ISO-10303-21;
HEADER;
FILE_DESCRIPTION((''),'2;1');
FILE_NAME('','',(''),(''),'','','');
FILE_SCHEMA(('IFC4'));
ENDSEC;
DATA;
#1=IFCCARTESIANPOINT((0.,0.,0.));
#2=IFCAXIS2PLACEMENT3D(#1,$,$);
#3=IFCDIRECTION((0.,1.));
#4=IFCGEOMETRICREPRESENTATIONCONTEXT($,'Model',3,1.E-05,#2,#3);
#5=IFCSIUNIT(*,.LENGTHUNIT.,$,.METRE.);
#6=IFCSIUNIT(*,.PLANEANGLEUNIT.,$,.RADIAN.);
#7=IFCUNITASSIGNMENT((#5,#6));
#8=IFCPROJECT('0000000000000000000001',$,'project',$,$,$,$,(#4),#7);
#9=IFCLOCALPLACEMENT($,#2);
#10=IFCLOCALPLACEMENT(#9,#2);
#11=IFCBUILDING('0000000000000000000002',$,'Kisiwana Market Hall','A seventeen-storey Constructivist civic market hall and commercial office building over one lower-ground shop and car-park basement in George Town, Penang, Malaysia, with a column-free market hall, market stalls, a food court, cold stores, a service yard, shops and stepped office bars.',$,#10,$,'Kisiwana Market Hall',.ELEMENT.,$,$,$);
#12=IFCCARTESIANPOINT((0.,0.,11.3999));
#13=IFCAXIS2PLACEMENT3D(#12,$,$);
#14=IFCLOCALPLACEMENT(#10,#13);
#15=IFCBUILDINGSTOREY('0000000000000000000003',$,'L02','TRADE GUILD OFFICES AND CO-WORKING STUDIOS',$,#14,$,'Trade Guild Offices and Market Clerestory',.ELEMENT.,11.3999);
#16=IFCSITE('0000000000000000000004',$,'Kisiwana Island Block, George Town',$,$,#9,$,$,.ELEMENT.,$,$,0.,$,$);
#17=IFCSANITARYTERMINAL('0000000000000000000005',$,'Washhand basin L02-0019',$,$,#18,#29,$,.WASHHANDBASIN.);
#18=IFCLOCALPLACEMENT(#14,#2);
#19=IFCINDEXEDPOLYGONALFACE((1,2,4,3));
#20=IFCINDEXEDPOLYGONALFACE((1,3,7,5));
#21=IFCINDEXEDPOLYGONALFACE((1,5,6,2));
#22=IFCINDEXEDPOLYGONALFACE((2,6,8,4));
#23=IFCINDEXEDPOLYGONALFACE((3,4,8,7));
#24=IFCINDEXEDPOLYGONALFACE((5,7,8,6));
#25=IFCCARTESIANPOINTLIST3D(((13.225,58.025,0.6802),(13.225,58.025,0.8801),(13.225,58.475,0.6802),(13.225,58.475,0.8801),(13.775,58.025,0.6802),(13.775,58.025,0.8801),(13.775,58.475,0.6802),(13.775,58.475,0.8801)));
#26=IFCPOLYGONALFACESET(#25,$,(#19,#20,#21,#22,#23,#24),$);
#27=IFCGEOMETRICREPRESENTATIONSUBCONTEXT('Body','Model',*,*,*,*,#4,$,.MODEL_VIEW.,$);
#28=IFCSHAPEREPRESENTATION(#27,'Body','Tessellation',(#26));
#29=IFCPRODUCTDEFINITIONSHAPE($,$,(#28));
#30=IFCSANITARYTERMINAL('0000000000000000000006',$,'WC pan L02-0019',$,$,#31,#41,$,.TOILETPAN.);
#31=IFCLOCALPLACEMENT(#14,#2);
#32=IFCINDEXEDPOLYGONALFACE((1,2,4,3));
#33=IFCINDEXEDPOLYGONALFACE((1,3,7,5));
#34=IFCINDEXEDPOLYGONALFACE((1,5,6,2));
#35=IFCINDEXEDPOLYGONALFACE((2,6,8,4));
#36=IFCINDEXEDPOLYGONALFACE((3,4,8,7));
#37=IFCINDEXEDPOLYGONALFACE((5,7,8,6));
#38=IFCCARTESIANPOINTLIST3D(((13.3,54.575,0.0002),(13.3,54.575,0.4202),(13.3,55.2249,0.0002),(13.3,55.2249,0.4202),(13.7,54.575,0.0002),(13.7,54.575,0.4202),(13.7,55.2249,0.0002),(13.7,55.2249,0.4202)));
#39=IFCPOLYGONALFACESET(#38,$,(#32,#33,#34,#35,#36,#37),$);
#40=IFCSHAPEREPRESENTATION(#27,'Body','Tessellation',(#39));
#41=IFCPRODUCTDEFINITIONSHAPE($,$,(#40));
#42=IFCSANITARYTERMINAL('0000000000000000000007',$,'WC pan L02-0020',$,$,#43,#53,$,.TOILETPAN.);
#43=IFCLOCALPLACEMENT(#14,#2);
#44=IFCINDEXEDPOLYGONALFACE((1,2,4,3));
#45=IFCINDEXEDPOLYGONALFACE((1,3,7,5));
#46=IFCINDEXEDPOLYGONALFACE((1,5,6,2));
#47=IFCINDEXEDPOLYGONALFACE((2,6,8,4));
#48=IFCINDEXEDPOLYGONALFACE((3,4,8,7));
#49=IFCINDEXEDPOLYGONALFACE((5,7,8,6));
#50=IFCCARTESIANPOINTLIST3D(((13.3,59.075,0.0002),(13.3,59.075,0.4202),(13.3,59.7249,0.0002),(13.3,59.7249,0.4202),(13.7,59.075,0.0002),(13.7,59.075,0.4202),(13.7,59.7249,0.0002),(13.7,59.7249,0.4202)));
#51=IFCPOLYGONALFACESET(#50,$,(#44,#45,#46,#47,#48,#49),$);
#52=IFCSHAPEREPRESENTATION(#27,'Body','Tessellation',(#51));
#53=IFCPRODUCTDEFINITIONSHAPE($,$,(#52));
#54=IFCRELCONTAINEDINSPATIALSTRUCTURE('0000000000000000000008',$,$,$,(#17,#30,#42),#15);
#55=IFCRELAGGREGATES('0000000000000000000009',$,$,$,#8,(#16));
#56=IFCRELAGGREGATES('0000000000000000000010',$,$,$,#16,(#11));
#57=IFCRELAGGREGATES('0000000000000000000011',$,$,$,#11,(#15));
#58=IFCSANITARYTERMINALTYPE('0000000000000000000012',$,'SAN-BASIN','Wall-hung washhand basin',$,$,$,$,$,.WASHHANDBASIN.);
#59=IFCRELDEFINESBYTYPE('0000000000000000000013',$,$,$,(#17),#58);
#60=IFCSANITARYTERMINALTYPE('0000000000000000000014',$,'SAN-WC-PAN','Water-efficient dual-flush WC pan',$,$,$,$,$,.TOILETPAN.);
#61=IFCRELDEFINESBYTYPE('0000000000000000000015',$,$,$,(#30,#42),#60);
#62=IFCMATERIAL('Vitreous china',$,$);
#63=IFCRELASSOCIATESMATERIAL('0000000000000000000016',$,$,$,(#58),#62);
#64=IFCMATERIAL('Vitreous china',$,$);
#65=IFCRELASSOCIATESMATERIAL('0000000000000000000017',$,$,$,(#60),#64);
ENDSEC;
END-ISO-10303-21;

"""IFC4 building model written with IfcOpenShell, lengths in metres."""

from ifc_helpers import new_model, si_unit, direction, frame, origin, origin_2d, place, context, subcontext, project, spatial, rectangle, extrude, material, type_object, element, save


model = new_model("IFC4")

# Units and contexts
model_context = context("Model", 3, precision=1e-05, world=origin(), true_north=direction((0.0, 1.0)))
body_context = subcontext(model_context, "Body", "Model", "MODEL_VIEW")
ifc_project = project(units=[si_unit("LENGTHUNIT", "METRE"), si_unit("PLANEANGLEUNIT", "RADIAN")], contexts=[model_context])

# Site, building, storey
site_placement = place(None, origin())
site = spatial("IfcSite", under=ifc_project, at=site_placement, Name="Kisiwana Island Block, George Town", CompositionType="ELEMENT", RefElevation=0.0)
building_placement = place(site_placement, origin())
building = spatial("IfcBuilding", under=site, at=building_placement, Name="Kisiwana Market Hall", Description="A seventeen-storey Constructivist civic market hall and commercial office building over one lower-ground shop and car-park basement in George Town, Penang, Malaysia, with a column-free market hall, market stalls, a food court, cold stores, a service yard, shops and stepped office bars.", LongName="Kisiwana Market Hall", CompositionType="ELEMENT")
storey_placement = place(building_placement, frame((0.0, 0.0, 11.3999)))
storey = spatial("IfcBuildingStorey", under=building, at=storey_placement, Name="L02", Description="TRADE GUILD OFFICES AND CO-WORKING STUDIOS", LongName="Trade Guild Offices and Market Clerestory", CompositionType="ELEMENT", Elevation=11.3999)

# Sanitary terminals
ifc_material_1 = material(Name="Vitreous china")
sanitary_terminal_type_1 = type_object("IfcSanitaryTerminalType", Name="SAN-BASIN", Description="Wall-hung washhand basin", PredefinedType="WASHHANDBASIN", material=ifc_material_1)
sanitary_terminal_placement = place(storey_placement, frame((13.5, 58.25, 0.6802), z_axis=(0.0, 0.0, 1.0), x_axis=(1.0, 0.0, 0.0)))
element("IfcSanitaryTerminal", 1, at=sanitary_terminal_placement, inside=storey, type_object=sanitary_terminal_type_1, Name="Washhand basin L02-0019", PredefinedType="WASHHANDBASIN", context=body_context, shape_type="SweptSolid", body=[
    extrude(rectangle(XDim=0.55, YDim=0.45, at=origin_2d()), origin(), (0.0, 0.0, 1.0), 0.2),
])
ifc_material_2 = material(Name="Vitreous china")
sanitary_terminal_type_2 = type_object("IfcSanitaryTerminalType", Name="SAN-WC-PAN", Description="Water-efficient dual-flush WC pan", PredefinedType="TOILETPAN", material=ifc_material_2)
for number, where, z_axis, x_axis, name in (
    (2, (13.5, 54.8999, 0.0002), (0.0, 0.0, 1.0), (1.0, 0.0, 0.0), "WC pan L02-0019"),
    (3, (13.5, 59.3999, 0.0002), (0.0, 0.0, 1.0), (1.0, 0.0, 0.0), "WC pan L02-0020"),
):
    element("IfcSanitaryTerminal", number, at=place(storey_placement, frame(where, z_axis=z_axis, x_axis=x_axis)), inside=storey, type_object=sanitary_terminal_type_2, Name=name, PredefinedType="TOILETPAN", context=body_context, shape_type="SweptSolid", body=[
        extrude(rectangle(XDim=0.3999, YDim=0.6499, at=origin_2d()), origin(), (0.0, 0.0, 1.0), 0.4199),
    ])

save(model, "model.ifc")
